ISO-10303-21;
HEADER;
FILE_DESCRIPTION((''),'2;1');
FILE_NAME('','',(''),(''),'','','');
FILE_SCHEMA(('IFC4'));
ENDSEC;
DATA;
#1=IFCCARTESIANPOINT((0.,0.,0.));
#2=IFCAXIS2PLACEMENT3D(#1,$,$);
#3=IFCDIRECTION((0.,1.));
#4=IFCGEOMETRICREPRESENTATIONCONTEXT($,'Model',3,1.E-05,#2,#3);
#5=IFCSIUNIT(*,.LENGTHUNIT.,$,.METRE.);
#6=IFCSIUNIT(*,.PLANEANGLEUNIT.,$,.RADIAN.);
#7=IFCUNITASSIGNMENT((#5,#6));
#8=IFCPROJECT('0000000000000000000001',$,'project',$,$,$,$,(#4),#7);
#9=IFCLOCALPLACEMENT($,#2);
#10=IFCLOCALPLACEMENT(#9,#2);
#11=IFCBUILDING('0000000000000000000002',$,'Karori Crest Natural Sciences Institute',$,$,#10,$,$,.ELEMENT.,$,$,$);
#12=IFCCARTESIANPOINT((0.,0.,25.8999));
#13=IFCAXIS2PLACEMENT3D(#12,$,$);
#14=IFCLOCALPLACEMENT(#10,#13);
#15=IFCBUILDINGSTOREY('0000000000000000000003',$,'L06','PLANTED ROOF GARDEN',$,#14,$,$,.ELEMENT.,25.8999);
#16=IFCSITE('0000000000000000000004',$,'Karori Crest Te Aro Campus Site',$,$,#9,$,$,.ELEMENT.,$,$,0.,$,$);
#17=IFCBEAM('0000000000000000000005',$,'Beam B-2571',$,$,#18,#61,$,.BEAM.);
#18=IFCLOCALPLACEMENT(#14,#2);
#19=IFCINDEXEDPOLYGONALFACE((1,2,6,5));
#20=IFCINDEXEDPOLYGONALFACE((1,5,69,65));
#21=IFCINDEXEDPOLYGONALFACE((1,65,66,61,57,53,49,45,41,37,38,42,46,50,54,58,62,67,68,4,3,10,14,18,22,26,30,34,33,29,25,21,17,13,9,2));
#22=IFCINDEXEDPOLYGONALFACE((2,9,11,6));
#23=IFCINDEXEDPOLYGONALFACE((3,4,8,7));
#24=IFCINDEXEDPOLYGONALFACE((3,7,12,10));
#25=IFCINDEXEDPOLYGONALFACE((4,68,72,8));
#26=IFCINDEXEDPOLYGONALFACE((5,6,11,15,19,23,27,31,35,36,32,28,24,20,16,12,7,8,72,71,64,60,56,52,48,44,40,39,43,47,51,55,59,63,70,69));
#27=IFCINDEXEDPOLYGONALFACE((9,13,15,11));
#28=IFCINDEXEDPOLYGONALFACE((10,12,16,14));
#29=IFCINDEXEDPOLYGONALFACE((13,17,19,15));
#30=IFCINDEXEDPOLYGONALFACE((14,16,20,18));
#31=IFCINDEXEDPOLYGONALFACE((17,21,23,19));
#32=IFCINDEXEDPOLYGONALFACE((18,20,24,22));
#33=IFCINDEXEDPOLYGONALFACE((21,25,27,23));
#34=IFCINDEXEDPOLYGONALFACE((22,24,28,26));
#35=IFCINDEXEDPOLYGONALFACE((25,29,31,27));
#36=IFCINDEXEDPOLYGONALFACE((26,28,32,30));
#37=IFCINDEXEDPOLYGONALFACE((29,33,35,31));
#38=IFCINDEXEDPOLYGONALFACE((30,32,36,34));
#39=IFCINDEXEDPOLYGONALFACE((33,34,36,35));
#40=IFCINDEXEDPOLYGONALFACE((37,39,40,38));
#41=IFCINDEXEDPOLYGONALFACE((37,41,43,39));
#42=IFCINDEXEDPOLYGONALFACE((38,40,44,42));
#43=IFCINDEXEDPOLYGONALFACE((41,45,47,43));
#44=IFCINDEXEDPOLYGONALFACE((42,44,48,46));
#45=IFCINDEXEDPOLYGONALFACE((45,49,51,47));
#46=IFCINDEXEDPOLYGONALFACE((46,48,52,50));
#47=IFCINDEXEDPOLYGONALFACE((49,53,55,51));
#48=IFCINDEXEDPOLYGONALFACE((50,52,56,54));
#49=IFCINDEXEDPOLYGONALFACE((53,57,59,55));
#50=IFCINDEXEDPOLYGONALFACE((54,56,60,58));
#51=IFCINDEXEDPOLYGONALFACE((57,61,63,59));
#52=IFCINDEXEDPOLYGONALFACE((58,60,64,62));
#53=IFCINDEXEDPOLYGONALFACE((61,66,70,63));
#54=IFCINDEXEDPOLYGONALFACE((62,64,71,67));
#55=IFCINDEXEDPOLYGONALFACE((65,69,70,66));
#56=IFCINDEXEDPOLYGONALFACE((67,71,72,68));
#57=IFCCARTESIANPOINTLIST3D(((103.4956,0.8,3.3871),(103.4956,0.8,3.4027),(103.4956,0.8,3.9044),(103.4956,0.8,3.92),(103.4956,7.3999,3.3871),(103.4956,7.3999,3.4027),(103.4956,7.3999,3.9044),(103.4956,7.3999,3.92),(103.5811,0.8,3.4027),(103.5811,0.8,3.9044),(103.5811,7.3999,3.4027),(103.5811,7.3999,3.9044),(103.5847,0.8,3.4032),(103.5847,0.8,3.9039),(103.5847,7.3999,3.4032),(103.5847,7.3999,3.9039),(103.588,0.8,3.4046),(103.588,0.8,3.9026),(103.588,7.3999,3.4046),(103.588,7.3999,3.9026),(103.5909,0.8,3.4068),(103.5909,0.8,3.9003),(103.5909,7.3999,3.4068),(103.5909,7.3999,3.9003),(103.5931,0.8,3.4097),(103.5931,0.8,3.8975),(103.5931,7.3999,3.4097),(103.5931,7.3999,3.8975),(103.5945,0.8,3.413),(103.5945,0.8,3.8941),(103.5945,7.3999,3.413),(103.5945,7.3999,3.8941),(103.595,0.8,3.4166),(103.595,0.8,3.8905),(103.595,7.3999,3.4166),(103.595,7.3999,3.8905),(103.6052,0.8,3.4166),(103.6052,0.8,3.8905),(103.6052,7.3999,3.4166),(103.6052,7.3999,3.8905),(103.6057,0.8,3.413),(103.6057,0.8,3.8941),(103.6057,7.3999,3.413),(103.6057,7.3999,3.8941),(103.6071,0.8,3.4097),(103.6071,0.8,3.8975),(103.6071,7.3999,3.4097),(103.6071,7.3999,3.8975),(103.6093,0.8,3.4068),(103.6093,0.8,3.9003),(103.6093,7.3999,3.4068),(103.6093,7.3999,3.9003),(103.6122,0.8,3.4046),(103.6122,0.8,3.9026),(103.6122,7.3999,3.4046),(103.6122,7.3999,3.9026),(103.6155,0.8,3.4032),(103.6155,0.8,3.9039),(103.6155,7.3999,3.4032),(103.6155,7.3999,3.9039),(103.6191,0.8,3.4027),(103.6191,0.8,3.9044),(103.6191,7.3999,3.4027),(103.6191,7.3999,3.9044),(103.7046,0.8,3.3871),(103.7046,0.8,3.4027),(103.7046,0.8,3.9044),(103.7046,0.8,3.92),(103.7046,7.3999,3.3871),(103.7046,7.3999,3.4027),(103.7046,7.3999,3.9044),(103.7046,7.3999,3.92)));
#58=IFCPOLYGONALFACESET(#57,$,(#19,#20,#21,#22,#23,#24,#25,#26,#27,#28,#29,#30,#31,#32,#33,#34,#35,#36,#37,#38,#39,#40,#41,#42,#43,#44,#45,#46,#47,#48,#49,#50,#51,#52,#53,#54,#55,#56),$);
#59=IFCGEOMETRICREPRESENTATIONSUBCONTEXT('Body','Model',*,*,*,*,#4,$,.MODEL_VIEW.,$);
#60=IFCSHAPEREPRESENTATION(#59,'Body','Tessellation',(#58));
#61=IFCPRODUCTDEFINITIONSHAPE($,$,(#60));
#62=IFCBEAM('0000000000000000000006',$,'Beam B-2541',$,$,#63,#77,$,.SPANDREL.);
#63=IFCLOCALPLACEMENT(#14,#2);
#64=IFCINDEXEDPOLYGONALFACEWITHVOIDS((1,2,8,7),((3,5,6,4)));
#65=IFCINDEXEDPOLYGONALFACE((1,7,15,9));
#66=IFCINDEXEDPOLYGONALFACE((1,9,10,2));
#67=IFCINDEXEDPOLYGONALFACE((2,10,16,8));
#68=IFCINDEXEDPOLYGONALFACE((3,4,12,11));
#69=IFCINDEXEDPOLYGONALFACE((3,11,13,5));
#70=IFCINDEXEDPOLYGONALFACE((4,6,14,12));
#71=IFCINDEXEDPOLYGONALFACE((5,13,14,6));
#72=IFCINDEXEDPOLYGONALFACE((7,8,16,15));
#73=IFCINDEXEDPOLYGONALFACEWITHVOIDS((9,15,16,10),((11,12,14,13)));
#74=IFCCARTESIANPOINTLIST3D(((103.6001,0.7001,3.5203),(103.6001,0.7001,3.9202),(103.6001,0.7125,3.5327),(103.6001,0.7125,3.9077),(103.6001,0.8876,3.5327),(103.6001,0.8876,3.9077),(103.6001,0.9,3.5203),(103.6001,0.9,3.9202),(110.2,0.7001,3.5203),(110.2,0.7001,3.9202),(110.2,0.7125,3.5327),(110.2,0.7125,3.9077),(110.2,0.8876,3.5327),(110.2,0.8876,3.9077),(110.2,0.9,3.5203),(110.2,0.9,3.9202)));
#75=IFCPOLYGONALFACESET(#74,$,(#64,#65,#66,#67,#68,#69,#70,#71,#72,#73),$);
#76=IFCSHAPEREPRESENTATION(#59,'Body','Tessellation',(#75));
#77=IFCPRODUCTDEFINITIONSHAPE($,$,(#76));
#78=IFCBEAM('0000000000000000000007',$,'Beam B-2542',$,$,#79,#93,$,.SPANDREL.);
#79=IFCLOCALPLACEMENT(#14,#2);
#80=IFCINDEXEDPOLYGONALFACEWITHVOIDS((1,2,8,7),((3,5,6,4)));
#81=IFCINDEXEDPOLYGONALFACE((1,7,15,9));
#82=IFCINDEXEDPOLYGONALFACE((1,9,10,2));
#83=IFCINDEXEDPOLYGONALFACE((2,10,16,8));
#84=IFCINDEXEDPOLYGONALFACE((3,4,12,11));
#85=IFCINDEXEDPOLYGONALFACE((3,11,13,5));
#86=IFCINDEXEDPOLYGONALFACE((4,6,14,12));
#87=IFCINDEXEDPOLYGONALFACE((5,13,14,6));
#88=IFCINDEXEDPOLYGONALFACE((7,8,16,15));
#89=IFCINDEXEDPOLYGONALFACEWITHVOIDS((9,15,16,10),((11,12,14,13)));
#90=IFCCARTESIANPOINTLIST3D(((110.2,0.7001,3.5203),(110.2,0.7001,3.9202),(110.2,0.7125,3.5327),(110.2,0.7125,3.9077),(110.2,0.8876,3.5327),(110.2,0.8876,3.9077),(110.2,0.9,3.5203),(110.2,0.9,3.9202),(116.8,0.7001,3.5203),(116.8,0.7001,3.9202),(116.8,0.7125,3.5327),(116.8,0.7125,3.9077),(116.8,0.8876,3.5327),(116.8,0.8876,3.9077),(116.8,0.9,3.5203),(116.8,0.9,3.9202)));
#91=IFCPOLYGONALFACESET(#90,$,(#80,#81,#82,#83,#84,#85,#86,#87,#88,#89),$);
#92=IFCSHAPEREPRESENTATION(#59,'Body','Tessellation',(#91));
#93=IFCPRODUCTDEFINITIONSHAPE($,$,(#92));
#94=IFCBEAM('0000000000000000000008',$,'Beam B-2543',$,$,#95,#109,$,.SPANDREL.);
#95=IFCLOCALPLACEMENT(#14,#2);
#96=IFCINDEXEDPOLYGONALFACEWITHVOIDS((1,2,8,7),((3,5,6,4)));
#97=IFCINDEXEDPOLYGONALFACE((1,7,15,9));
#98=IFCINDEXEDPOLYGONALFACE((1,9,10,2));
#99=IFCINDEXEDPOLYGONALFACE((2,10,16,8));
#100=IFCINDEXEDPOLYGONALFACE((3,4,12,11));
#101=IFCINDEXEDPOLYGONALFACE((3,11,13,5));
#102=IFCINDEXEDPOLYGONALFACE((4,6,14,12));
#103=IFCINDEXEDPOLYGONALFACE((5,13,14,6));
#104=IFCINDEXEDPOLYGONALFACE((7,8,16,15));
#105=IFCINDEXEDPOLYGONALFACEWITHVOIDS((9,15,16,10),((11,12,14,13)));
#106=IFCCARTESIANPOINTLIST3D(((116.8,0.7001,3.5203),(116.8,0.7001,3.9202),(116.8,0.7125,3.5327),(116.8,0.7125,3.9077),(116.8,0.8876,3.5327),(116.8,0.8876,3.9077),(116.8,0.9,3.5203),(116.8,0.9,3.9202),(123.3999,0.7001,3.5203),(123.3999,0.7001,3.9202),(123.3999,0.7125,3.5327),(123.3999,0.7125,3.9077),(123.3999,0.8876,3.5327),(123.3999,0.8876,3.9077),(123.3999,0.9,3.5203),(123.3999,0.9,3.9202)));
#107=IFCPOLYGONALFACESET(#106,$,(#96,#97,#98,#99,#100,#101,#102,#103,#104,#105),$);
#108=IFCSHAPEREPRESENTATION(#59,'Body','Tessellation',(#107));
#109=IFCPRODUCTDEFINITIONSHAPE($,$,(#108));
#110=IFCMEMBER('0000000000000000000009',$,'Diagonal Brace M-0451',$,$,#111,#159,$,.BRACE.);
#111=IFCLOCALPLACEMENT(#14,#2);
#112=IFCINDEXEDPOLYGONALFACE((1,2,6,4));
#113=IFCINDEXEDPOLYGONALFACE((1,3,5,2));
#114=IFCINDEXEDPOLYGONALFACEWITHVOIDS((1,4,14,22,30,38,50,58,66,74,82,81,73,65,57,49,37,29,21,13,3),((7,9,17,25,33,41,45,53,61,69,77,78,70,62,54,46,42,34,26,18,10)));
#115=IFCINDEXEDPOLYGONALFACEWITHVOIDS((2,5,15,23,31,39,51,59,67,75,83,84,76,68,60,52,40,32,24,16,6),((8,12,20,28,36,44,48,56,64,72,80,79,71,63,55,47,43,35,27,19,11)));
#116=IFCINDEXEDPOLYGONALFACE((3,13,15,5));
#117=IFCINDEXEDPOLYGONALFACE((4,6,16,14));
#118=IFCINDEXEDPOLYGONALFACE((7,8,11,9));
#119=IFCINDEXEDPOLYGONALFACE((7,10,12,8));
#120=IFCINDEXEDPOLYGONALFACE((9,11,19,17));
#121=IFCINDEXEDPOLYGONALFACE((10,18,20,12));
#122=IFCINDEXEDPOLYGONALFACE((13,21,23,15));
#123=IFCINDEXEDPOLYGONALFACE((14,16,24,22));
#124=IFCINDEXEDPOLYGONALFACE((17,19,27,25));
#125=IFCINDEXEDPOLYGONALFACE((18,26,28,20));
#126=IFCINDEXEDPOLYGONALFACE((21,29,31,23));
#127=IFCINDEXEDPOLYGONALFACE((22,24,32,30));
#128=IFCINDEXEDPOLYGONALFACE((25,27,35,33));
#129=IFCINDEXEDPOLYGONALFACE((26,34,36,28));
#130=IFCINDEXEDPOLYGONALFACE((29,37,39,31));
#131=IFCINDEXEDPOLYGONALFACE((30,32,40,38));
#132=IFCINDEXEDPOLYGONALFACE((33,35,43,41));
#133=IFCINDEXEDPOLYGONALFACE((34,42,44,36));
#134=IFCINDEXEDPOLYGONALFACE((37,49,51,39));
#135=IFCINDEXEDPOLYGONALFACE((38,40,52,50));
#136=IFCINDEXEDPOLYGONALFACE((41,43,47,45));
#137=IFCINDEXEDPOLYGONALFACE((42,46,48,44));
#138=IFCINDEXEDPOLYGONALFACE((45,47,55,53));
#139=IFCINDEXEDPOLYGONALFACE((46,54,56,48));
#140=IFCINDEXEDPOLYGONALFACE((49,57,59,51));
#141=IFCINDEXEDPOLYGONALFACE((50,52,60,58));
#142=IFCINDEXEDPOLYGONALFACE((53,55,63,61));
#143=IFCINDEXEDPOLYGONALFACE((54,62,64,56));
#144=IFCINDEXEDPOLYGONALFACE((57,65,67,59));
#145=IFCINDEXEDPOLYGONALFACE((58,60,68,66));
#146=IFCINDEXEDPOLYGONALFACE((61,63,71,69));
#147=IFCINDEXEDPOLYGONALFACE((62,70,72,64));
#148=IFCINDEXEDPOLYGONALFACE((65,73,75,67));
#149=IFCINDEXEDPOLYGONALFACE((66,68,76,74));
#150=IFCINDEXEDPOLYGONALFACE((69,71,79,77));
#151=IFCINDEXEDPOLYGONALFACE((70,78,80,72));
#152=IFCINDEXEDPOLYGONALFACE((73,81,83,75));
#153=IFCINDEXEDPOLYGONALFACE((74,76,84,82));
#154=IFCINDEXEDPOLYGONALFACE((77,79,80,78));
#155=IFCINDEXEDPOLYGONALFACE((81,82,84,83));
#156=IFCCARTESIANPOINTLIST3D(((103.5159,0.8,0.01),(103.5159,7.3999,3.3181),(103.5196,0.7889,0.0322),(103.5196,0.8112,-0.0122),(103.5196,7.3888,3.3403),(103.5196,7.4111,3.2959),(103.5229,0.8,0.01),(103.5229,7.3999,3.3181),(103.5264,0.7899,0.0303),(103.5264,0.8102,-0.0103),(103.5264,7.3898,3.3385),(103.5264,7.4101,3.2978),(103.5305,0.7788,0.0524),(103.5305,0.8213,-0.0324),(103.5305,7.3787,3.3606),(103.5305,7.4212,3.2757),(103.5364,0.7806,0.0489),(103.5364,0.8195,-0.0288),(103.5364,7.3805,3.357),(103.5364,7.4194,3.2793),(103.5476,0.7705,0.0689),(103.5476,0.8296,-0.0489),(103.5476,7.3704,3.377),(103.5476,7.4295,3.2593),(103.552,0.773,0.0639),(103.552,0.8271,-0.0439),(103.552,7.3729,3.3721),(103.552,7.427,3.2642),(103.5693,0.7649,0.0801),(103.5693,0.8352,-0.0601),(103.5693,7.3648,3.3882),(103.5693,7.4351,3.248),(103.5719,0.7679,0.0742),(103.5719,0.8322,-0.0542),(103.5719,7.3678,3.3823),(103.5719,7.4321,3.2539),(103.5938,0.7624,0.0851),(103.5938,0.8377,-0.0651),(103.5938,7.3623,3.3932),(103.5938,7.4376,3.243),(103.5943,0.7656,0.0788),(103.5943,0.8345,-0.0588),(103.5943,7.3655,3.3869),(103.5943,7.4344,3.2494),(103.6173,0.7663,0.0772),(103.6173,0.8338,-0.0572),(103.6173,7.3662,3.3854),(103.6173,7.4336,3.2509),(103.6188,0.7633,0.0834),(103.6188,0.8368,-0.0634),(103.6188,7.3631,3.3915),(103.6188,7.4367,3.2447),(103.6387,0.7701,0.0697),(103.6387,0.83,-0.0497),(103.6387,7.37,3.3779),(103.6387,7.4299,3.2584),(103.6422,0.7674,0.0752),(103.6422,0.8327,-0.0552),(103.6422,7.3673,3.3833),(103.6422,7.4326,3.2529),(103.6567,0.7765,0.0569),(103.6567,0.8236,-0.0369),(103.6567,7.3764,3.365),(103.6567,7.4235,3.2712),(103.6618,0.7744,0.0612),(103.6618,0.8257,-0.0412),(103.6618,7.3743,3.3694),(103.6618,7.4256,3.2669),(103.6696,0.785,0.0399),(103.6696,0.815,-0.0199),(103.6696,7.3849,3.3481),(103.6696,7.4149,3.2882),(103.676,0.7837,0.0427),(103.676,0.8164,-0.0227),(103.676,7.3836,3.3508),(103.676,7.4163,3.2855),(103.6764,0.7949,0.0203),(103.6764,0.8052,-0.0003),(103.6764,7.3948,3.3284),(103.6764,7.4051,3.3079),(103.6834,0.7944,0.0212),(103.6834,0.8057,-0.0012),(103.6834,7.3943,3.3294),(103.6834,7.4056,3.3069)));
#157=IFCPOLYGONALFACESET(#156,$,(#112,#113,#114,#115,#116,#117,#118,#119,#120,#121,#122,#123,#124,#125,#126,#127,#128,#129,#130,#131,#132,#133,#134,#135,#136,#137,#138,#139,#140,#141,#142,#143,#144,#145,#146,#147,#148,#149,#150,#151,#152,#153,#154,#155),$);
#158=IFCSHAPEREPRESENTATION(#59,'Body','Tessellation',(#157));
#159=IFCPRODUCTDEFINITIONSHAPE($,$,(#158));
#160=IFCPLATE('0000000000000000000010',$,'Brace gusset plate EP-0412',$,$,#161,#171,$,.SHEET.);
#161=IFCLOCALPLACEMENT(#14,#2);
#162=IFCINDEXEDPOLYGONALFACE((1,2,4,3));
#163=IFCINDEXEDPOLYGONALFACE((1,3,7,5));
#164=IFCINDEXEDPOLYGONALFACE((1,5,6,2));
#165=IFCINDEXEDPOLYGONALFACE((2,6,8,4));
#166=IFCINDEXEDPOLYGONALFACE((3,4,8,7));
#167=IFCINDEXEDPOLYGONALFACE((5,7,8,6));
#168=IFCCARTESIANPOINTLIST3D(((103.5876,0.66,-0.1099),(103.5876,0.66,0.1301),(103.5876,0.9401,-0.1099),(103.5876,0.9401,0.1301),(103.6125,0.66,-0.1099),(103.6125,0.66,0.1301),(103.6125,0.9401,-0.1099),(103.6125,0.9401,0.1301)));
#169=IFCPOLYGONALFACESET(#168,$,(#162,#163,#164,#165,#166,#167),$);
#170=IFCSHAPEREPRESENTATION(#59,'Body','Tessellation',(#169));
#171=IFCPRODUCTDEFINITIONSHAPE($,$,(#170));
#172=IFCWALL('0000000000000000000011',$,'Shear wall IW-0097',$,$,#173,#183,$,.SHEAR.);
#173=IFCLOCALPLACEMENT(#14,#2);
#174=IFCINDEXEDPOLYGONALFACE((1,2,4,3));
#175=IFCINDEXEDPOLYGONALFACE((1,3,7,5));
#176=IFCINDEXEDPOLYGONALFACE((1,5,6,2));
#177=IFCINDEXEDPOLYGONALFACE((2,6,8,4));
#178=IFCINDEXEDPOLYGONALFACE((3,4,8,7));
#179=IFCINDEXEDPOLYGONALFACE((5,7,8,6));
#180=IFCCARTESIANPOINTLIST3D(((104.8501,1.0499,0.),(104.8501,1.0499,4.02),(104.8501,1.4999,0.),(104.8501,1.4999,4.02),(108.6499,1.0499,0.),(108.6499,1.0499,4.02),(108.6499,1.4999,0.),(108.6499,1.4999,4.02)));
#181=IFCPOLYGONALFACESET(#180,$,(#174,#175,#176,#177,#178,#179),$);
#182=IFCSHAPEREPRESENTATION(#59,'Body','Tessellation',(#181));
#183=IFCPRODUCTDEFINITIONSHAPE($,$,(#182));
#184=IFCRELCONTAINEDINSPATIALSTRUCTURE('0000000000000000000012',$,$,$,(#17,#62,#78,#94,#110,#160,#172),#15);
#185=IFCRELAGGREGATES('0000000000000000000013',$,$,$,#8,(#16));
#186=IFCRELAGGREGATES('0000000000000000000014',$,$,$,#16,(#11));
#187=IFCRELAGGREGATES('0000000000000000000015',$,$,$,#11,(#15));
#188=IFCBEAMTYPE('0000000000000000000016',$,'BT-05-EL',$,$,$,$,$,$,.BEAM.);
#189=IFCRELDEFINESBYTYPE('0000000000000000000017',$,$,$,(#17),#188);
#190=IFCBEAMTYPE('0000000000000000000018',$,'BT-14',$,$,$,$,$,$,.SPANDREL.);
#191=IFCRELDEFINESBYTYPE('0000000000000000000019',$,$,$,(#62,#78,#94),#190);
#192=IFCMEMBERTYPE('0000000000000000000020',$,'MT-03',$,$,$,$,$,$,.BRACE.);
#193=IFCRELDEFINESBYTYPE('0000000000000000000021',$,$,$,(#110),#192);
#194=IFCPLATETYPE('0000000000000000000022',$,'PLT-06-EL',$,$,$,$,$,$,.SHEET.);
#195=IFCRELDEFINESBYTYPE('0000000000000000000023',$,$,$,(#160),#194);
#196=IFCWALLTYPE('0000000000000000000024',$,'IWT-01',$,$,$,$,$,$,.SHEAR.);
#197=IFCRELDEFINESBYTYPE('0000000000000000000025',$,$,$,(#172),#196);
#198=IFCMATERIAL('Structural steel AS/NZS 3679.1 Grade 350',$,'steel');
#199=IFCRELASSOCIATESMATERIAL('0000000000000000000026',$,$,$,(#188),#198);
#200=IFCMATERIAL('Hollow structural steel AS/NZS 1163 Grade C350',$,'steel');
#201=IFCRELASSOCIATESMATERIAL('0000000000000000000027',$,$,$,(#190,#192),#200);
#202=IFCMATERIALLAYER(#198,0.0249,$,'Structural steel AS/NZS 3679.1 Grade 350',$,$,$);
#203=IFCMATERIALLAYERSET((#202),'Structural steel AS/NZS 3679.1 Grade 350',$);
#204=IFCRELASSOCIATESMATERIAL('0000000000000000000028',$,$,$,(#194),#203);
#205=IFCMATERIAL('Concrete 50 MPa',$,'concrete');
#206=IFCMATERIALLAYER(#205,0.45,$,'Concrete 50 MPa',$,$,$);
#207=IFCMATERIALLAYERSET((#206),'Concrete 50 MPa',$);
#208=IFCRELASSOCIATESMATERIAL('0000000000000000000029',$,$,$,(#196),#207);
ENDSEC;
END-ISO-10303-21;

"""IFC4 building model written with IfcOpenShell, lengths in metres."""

from ifc_helpers import new_model, si_unit, direction, frame, frame_2d, origin, origin_2d, place, context, subcontext, project, spatial, rectangle, hollow_rectangle, hollow_circle, i_section, extrude, material, layer, layer_set, material_profile, profile_set, type_object, element, save


model = new_model("IFC4")

# Units and contexts
model_context = context("Model", 3, precision=1e-05, world=origin(), true_north=direction((0.0, 1.0)))
body_context = subcontext(model_context, "Body", "Model", "MODEL_VIEW")
ifc_project = project(units=[si_unit("LENGTHUNIT", "METRE"), si_unit("PLANEANGLEUNIT", "RADIAN")], contexts=[model_context])

# Site, building, storey
site_placement = place(None, origin())
site = spatial("IfcSite", under=ifc_project, at=site_placement, Name="Karori Crest Te Aro Campus Site", CompositionType="ELEMENT", RefElevation=0.0)
building_placement = place(site_placement, origin())
building = spatial("IfcBuilding", under=site, at=building_placement, Name="Karori Crest Natural Sciences Institute", CompositionType="ELEMENT")
storey_placement = place(building_placement, frame((0.0, 0.0, 25.8999)))
storey = spatial("IfcBuildingStorey", under=building, at=storey_placement, Name="L06", Description="PLANTED ROOF GARDEN", CompositionType="ELEMENT", Elevation=25.8999)

# Shared definitions
ifc_material_1 = material(Name="Structural steel AS/NZS 3679.1 Grade 350", Category="steel")

# Beams
ifc_material_profile_1 = material_profile(ifc_material_1, i_section(OverallWidth=0.209, OverallDepth=0.533, WebThickness=0.0103, FlangeThickness=0.0156, FilletRadius=0.0139, at=origin_2d()), Name="530UB92.4")
ifc_profile_set_1 = profile_set([ifc_material_profile_1], Name="Structural steel AS/NZS 3679.1 Grade 350")
beam_type_1 = type_object("IfcBeamType", Name="BT-05-EL", PredefinedType="BEAM", material=ifc_profile_set_1)
beam_1_placement = place(storey_placement, frame((103.6001, 0.8, 3.6536), z_axis=(0.0, 1.0, 0.0), x_axis=(-1.0, 0.0, 0.0)))
element("IfcBeam", 1, at=beam_1_placement, inside=storey, type_object=beam_type_1, Name="Beam B-2571", PredefinedType="BEAM", context=body_context, shape_type="SweptSolid", body=[
    extrude(i_section(OverallWidth=0.209, OverallDepth=0.533, WebThickness=0.0103, FlangeThickness=0.0156, FilletRadius=0.0139, at=origin_2d()), origin(), (0.0, 0.0, 1.0), 6.5999),
])
ifc_material_2 = material(Name="Hollow structural steel AS/NZS 1163 Grade C350", Category="steel")
ifc_material_profile_2 = material_profile(ifc_material_2, hollow_rectangle(XDim=0.2, YDim=0.3999, WallThickness=0.0125, at=origin_2d()), Name="RHS400x200x12.5")
ifc_profile_set_2 = profile_set([ifc_material_profile_2], Name="Hollow structural steel AS/NZS 1163 Grade C350")
beam_type_2 = type_object("IfcBeamType", Name="BT-14", PredefinedType="SPANDREL", material=ifc_profile_set_2)
beam_2_placement = place(storey_placement, frame((103.6001, 0.8, 3.7202), z_axis=(1.0, 0.0, 0.0), x_axis=(0.0, 1.0, 0.0)))
element("IfcBeam", 2, at=beam_2_placement, inside=storey, type_object=beam_type_2, Name="Beam B-2541", PredefinedType="SPANDREL", context=body_context, shape_type="SweptSolid", body=[
    extrude(hollow_rectangle(XDim=0.2, YDim=0.3999, WallThickness=0.0125, at=origin_2d()), origin(), (0.0, 0.0, 1.0), 6.5999),
])
beam_3_placement = place(storey_placement, frame((110.2, 0.8, 3.7202), z_axis=(1.0, 0.0, 0.0), x_axis=(0.0, 1.0, 0.0)))
element("IfcBeam", 3, at=beam_3_placement, inside=storey, type_object=beam_type_2, Name="Beam B-2542", PredefinedType="SPANDREL", context=body_context, shape_type="SweptSolid", body=[
    extrude(hollow_rectangle(XDim=0.2, YDim=0.3999, WallThickness=0.0125, at=origin_2d()), origin(), (0.0, 0.0, 1.0), 6.6001),
])
beam_4_placement = place(storey_placement, frame((116.8, 0.8, 3.7202), z_axis=(1.0, 0.0, 0.0), x_axis=(0.0, 1.0, 0.0)))
element("IfcBeam", 4, at=beam_4_placement, inside=storey, type_object=beam_type_2, Name="Beam B-2543", PredefinedType="SPANDREL", context=body_context, shape_type="SweptSolid", body=[
    extrude(hollow_rectangle(XDim=0.2, YDim=0.3999, WallThickness=0.0125, at=origin_2d()), origin(), (0.0, 0.0, 1.0), 6.5999),
])

# Member
ifc_material_profile_3 = material_profile(ifc_material_2, hollow_circle(Radius=0.0842, WallThickness=0.0071, at=origin_2d()), Name="CHS168.3x7.1")
ifc_profile_set_3 = profile_set([ifc_material_profile_3], Name="Hollow structural steel AS/NZS 1163 Grade C350")
member_type = type_object("IfcMemberType", Name="MT-03", PredefinedType="BRACE", material=ifc_profile_set_3)
member_placement = place(storey_placement, frame((103.6001, 0.8, 0.01), z_axis=(0.0, 0.893984, 0.4481), x_axis=(-1.0, 0.0, 0.0)))
element("IfcMember", 5, at=member_placement, inside=storey, type_object=member_type, Name="Diagonal Brace M-0451", PredefinedType="BRACE", context=body_context, shape_type="SweptSolid", body=[
    extrude(hollow_circle(Radius=0.0842, WallThickness=0.0071, at=origin_2d()), origin(), (0.0, 0.0, 1.0), 7.3826),
])

# Plate
ifc_layer_1 = layer(ifc_material_1, 0.0249, Name="Structural steel AS/NZS 3679.1 Grade 350")
ifc_layer_set_1 = layer_set([ifc_layer_1], Name="Structural steel AS/NZS 3679.1 Grade 350")
plate_type = type_object("IfcPlateType", Name="PLT-06-EL", PredefinedType="SHEET", material=ifc_layer_set_1)
plate_placement = place(storey_placement, frame((103.6001, 0.8, -0.1099), z_axis=(0.0, 0.0, 1.0), x_axis=(0.0, 1.0, 0.0)))
element("IfcPlate", 6, at=plate_placement, inside=storey, type_object=plate_type, Name="Brace gusset plate EP-0412", PredefinedType="SHEET", context=body_context, shape_type="SweptSolid", body=[
    extrude(rectangle(XDim=0.28, YDim=0.0249, at=origin_2d()), origin(), (0.0, 0.0, 1.0), 0.24),
])

# Wall
ifc_material_3 = material(Name="Concrete 50 MPa", Category="concrete")
ifc_layer_2 = layer(ifc_material_3, 0.45, Name="Concrete 50 MPa")
ifc_layer_set_2 = layer_set([ifc_layer_2], Name="Concrete 50 MPa")
wall_type_1 = type_object("IfcWallType", Name="IWT-01", PredefinedType="SHEAR", material=ifc_layer_set_2)
wall_1_placement = place(storey_placement, frame((104.8501, 1.2749, 0.0), z_axis=(0.0, 0.0, 1.0), x_axis=(1.0, 0.0, 0.0)))
element("IfcWall", 7, at=wall_1_placement, inside=storey, type_object=wall_type_1, Name="Shear wall IW-0097", PredefinedType="SHEAR", context=body_context, shape_type="SweptSolid", body=[
    extrude(rectangle(XDim=3.7998, YDim=0.45, at=frame_2d((1.8999, 0.0))), origin(), (0.0, 0.0, 1.0), 4.02),
])

save(model, "model.ifc")
